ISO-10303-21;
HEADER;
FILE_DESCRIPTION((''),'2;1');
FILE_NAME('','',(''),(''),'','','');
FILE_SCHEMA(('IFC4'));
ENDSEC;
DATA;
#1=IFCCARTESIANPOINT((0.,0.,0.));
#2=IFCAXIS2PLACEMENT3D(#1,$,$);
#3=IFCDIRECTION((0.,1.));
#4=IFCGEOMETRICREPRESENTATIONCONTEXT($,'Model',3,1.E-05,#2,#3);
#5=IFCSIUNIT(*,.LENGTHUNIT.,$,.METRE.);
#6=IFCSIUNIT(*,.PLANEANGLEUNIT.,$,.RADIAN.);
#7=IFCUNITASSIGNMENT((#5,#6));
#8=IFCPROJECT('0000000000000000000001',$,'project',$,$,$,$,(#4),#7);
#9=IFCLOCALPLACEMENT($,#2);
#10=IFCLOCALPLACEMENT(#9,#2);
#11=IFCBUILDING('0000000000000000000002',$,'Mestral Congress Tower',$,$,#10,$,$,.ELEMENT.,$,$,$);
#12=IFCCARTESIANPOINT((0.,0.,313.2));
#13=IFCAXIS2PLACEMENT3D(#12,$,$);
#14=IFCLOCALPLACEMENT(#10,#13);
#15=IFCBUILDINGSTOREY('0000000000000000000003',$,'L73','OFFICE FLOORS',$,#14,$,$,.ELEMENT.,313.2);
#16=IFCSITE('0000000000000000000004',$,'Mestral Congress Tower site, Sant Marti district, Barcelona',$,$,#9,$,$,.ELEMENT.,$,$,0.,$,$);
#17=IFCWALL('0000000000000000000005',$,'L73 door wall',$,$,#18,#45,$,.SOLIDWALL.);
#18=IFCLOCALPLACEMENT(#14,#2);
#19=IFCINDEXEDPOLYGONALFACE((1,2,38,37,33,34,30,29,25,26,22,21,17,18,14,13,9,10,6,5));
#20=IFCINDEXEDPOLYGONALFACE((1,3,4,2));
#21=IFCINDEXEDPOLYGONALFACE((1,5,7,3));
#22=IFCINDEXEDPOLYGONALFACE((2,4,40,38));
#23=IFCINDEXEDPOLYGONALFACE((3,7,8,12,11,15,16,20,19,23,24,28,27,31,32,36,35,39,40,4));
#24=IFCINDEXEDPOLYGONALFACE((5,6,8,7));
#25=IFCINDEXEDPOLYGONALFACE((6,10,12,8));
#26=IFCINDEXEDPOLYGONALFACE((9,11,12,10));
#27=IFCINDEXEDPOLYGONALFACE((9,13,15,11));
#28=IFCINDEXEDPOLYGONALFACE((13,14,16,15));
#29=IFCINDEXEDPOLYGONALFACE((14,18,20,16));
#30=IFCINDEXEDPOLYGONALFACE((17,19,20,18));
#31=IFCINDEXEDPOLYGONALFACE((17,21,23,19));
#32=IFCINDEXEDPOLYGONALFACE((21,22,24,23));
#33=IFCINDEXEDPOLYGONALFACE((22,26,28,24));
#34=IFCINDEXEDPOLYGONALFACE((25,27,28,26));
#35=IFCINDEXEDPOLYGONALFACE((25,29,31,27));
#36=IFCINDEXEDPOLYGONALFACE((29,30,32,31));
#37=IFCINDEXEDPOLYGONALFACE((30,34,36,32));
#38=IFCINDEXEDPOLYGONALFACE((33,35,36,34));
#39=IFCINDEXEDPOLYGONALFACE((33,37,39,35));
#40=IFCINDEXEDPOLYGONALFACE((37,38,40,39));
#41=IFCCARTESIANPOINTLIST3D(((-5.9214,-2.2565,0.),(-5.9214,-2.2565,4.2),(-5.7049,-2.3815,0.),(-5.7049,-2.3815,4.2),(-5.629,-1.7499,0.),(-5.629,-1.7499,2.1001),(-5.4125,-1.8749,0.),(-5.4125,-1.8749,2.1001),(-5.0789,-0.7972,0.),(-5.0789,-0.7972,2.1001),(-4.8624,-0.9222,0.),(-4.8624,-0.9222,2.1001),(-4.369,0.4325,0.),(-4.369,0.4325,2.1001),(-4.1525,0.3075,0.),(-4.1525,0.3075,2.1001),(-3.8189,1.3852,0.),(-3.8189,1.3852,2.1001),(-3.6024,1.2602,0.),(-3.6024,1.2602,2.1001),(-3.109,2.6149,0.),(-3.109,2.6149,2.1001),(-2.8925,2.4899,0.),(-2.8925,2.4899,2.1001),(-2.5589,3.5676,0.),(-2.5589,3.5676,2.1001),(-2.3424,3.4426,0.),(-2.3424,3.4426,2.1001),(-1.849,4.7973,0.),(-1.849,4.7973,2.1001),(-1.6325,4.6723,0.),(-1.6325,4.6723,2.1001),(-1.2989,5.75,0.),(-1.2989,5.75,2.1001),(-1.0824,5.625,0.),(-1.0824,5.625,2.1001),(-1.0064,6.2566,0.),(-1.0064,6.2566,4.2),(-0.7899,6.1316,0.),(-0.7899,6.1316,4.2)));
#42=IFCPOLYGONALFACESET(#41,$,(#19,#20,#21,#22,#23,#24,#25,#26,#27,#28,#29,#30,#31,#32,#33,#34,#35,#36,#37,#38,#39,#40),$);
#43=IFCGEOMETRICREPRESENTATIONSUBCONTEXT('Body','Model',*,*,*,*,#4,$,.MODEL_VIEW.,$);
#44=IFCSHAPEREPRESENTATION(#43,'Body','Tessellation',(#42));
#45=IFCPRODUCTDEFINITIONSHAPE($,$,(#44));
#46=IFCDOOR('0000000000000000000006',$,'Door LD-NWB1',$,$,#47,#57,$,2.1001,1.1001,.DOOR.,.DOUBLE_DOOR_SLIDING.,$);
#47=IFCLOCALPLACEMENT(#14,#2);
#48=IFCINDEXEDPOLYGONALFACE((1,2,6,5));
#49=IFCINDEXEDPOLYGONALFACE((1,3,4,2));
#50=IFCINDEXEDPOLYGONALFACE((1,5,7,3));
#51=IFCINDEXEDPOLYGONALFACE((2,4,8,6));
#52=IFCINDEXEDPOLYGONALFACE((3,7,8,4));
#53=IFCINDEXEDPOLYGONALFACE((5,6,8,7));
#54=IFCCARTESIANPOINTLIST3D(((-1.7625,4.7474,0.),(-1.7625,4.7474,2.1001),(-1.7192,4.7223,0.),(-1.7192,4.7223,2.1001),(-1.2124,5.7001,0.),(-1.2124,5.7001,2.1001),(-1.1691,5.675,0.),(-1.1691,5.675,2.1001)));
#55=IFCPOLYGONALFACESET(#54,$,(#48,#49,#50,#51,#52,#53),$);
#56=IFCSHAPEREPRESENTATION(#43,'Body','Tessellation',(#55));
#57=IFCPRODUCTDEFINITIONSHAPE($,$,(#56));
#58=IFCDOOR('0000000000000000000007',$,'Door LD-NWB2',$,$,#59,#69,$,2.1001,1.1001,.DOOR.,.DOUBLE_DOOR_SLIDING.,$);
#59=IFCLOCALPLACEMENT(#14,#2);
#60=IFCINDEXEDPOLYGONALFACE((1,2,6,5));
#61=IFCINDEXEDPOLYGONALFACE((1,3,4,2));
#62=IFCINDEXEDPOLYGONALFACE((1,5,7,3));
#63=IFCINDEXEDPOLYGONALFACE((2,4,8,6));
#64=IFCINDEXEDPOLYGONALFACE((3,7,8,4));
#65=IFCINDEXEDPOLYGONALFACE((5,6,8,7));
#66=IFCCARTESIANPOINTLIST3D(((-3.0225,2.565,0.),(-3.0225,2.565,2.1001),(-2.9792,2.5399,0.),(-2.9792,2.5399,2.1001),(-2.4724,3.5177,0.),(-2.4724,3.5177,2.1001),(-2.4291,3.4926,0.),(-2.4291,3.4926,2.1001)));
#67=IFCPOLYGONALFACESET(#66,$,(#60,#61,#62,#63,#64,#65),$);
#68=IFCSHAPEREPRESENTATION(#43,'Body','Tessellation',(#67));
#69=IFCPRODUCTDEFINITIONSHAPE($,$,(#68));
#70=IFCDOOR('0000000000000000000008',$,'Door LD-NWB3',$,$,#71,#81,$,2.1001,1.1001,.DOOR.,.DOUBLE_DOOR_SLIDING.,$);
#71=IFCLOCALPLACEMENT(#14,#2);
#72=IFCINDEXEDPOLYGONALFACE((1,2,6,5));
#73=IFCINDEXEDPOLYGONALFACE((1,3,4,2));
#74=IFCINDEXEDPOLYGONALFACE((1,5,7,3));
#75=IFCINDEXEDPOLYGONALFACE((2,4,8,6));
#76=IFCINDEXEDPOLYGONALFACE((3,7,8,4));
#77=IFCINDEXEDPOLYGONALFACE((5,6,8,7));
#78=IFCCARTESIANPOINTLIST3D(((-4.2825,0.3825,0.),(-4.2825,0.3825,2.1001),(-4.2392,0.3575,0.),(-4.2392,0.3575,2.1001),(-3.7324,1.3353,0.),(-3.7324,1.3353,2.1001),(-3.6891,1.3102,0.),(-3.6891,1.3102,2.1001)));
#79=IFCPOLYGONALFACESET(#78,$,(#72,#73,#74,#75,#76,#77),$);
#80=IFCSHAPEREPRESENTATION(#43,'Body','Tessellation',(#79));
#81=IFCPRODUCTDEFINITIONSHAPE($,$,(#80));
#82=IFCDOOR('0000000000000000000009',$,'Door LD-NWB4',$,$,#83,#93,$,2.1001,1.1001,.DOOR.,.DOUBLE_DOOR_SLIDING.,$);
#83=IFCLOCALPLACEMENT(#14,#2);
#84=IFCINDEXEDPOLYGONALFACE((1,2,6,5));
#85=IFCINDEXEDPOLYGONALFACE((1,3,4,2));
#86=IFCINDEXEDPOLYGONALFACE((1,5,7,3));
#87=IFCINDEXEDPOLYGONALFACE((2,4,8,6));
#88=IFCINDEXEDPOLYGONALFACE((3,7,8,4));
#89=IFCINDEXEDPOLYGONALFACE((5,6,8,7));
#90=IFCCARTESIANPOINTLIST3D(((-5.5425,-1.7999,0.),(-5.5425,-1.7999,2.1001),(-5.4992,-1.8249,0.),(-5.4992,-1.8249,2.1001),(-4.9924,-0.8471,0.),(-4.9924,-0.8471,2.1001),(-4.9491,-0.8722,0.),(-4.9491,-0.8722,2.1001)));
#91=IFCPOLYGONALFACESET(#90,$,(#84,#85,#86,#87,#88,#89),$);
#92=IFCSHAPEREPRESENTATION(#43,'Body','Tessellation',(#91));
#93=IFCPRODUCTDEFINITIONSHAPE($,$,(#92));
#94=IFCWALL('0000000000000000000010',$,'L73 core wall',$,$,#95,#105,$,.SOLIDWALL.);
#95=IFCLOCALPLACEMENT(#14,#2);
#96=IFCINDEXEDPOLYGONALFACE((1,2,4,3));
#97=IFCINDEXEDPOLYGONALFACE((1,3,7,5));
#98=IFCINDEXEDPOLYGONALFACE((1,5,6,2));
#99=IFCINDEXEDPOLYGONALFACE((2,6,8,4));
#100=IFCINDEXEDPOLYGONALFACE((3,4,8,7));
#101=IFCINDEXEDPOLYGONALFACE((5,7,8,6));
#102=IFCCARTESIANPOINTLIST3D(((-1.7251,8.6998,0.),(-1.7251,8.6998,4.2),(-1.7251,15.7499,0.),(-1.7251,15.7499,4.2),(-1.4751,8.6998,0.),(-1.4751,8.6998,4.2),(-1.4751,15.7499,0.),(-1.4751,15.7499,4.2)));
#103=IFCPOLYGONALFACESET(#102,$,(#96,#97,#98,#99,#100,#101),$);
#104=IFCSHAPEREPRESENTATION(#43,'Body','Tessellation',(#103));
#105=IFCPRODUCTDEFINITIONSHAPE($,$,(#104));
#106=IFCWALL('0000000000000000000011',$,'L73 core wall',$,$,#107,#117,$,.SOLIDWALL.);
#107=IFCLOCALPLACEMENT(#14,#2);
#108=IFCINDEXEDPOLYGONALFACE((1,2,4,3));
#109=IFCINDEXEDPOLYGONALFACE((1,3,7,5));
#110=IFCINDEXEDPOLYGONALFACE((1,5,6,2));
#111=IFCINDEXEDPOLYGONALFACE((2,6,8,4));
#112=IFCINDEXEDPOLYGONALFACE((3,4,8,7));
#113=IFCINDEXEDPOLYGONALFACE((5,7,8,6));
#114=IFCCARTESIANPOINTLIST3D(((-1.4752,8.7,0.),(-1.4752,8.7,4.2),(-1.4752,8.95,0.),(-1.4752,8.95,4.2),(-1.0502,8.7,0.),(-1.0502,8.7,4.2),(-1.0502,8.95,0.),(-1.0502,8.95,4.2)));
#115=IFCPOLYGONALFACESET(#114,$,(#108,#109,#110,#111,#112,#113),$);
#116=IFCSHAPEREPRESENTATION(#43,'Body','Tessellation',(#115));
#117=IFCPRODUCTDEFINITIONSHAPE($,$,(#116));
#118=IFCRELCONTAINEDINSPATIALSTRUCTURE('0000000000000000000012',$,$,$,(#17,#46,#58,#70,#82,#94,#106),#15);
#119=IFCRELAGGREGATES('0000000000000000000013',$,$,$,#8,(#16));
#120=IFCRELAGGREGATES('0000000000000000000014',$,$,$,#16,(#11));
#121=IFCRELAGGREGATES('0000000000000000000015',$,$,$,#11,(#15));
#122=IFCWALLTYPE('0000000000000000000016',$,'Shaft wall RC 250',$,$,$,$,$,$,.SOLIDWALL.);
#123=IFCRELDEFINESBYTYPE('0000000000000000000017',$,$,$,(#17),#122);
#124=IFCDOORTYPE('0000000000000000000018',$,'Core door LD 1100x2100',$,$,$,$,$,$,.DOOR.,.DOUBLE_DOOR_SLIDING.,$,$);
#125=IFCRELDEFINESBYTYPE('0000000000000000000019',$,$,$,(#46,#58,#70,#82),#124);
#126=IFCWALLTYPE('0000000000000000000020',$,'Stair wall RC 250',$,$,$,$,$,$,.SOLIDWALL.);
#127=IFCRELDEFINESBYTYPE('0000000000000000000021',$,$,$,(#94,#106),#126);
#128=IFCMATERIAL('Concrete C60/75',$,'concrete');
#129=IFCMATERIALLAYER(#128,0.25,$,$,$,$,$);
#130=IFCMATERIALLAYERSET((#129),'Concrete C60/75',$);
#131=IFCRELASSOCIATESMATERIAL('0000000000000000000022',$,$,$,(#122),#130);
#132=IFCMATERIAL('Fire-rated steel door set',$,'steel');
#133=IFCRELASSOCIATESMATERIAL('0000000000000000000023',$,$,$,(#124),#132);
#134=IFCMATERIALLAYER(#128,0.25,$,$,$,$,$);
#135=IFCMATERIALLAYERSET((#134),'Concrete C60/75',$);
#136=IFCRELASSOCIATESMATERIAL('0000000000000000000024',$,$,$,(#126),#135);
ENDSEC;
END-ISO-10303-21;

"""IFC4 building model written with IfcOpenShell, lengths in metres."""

from ifc_helpers import new_model, si_unit, direction, frame, frame_2d, origin, place, context, subcontext, project, spatial, rectangle, extrude, material, layer, layer_set, type_object, element, fill, save


model = new_model("IFC4")

# Units and contexts
model_context = context("Model", 3, precision=1e-05, world=origin(), true_north=direction((0.0, 1.0)))
body_context = subcontext(model_context, "Body", "Model", "MODEL_VIEW")
ifc_project = project(units=[si_unit("LENGTHUNIT", "METRE"), si_unit("PLANEANGLEUNIT", "RADIAN")], contexts=[model_context])

# Site, building, storey
site_placement = place(None, origin())
site = spatial("IfcSite", under=ifc_project, at=site_placement, Name="Mestral Congress Tower site, Sant Marti district, Barcelona", CompositionType="ELEMENT", RefElevation=0.0)
building_placement = place(site_placement, origin())
building = spatial("IfcBuilding", under=site, at=building_placement, Name="Mestral Congress Tower", CompositionType="ELEMENT")
storey_placement = place(building_placement, frame((0.0, 0.0, 313.2)))
storey = spatial("IfcBuildingStorey", under=building, at=storey_placement, Name="L73", Description="OFFICE FLOORS", CompositionType="ELEMENT", Elevation=313.2)

# Shared definitions
ifc_material_1 = material(Name="Concrete C60/75", Category="concrete")

# Shared definitions
ifc_material_2 = material(Name="Fire-rated steel door set", Category="steel")

# Shared definitions
ifc_layer_1 = layer(ifc_material_1, 0.25)
ifc_layer_set_1 = layer_set([ifc_layer_1], Name="Concrete C60/75")
wall_type_1 = type_object("IfcWallType", Name="Shaft wall RC 250", PredefinedType="SOLIDWALL", material=ifc_layer_set_1)

# Wall, openings, doors
wall_1_placement = place(storey_placement, frame((-0.8982, 6.1941, 0.0), z_axis=(0.0, 0.0, 1.0), x_axis=(-0.499996, -0.866028, 0.0)))
wall_1 = element("IfcWall", 1, at=wall_1_placement, inside=storey, type_object=wall_type_1, Name="L73 door wall", PredefinedType="SOLIDWALL", context=body_context, shape_type="SweptSolid", body=[
    extrude(rectangle(XDim=9.8301, YDim=0.25, at=frame_2d((4.915, 0.0))), origin(), (0.0, 0.0, 1.0), 4.2),
])
opening_1_placement = place(wall_1_placement, frame((0.585, 0.0, 0.0)))
opening_1 = element("IfcOpeningElement", 2, at=opening_1_placement, cuts=wall_1, PredefinedType="OPENING", context=body_context, shape_type="SweptSolid", body=[
    extrude(rectangle(XDim=1.1001, YDim=2.1001, at=frame_2d((0.55, 1.05))), frame((0.0, 0.135, 0.0), z_axis=(0.0, -1.0, 0.0), x_axis=(1.0, 0.0, 0.0)), (0.0, 0.0, 1.0), 0.27),
])
opening_2_placement = place(wall_1_placement, frame((3.105, 0.0, 0.0)))
opening_2 = element("IfcOpeningElement", 3, at=opening_2_placement, cuts=wall_1, PredefinedType="OPENING", context=body_context, shape_type="SweptSolid", body=[
    extrude(rectangle(XDim=1.1001, YDim=2.1001, at=frame_2d((0.55, 1.05))), frame((0.0, 0.135, 0.0), z_axis=(0.0, -1.0, 0.0), x_axis=(1.0, 0.0, 0.0)), (0.0, 0.0, 1.0), 0.27),
])
opening_3_placement = place(wall_1_placement, frame((5.625, 0.0, 0.0)))
opening_3 = element("IfcOpeningElement", 4, at=opening_3_placement, cuts=wall_1, PredefinedType="OPENING", context=body_context, shape_type="SweptSolid", body=[
    extrude(rectangle(XDim=1.1001, YDim=2.1001, at=frame_2d((0.55, 1.05))), frame((0.0, 0.135, 0.0), z_axis=(0.0, -1.0, 0.0), x_axis=(1.0, 0.0, 0.0)), (0.0, 0.0, 1.0), 0.27),
])
opening_4_placement = place(wall_1_placement, frame((8.145, 0.0, 0.0)))
opening_4 = element("IfcOpeningElement", 5, at=opening_4_placement, cuts=wall_1, PredefinedType="OPENING", context=body_context, shape_type="SweptSolid", body=[
    extrude(rectangle(XDim=1.1001, YDim=2.1001, at=frame_2d((0.55, 1.05))), frame((0.0, 0.135, 0.0), z_axis=(0.0, -1.0, 0.0), x_axis=(1.0, 0.0, 0.0)), (0.0, 0.0, 1.0), 0.27),
])
door_type_1 = type_object("IfcDoorType", Name="Core door LD 1100x2100", OperationType="DOUBLE_DOOR_SLIDING", PredefinedType="DOOR", material=ifc_material_2)
door_1_placement = place(opening_1_placement, origin())
door_1 = element("IfcDoor", 6, at=door_1_placement, inside=storey, type_object=door_type_1, Name="Door LD-NWB1", OperationType="DOUBLE_DOOR_SLIDING", OverallHeight=2.1001, OverallWidth=1.1001, PredefinedType="DOOR", context=body_context, shape_type="SweptSolid", body=[
    extrude(rectangle(XDim=1.1001, YDim=2.1001, at=frame_2d((0.55, 1.05))), frame((0.0, 0.0249, 0.0), z_axis=(0.0, -1.0, 0.0), x_axis=(1.0, 0.0, 0.0)), (0.0, 0.0, 1.0), 0.05),
])
fill(opening_1, door_1)
door_2_placement = place(opening_2_placement, origin())
door_2 = element("IfcDoor", 7, at=door_2_placement, inside=storey, type_object=door_type_1, Name="Door LD-NWB2", OperationType="DOUBLE_DOOR_SLIDING", OverallHeight=2.1001, OverallWidth=1.1001, PredefinedType="DOOR", context=body_context, shape_type="SweptSolid", body=[
    extrude(rectangle(XDim=1.1001, YDim=2.1001, at=frame_2d((0.55, 1.05))), frame((0.0, 0.0249, 0.0), z_axis=(0.0, -1.0, 0.0), x_axis=(1.0, 0.0, 0.0)), (0.0, 0.0, 1.0), 0.05),
])
fill(opening_2, door_2)
door_3_placement = place(opening_3_placement, origin())
door_3 = element("IfcDoor", 8, at=door_3_placement, inside=storey, type_object=door_type_1, Name="Door LD-NWB3", OperationType="DOUBLE_DOOR_SLIDING", OverallHeight=2.1001, OverallWidth=1.1001, PredefinedType="DOOR", context=body_context, shape_type="SweptSolid", body=[
    extrude(rectangle(XDim=1.1001, YDim=2.1001, at=frame_2d((0.55, 1.05))), frame((0.0, 0.0249, 0.0), z_axis=(0.0, -1.0, 0.0), x_axis=(1.0, 0.0, 0.0)), (0.0, 0.0, 1.0), 0.05),
])
fill(opening_3, door_3)
door_4_placement = place(opening_4_placement, origin())
door_4 = element("IfcDoor", 9, at=door_4_placement, inside=storey, type_object=door_type_1, Name="Door LD-NWB4", OperationType="DOUBLE_DOOR_SLIDING", OverallHeight=2.1001, OverallWidth=1.1001, PredefinedType="DOOR", context=body_context, shape_type="SweptSolid", body=[
    extrude(rectangle(XDim=1.1001, YDim=2.1001, at=frame_2d((0.55, 1.05))), frame((0.0, 0.0249, 0.0), z_axis=(0.0, -1.0, 0.0), x_axis=(1.0, 0.0, 0.0)), (0.0, 0.0, 1.0), 0.05),
])
fill(opening_4, door_4)

# Walls
ifc_layer_2 = layer(ifc_material_1, 0.25)
ifc_layer_set_2 = layer_set([ifc_layer_2], Name="Concrete C60/75")
wall_type_2 = type_object("IfcWallType", Name="Stair wall RC 250", PredefinedType="SOLIDWALL", material=ifc_layer_set_2)
wall_2_placement = place(storey_placement, frame((-1.6001, 8.7, 0.0), z_axis=(0.0, 0.0, 1.0), x_axis=(0.0, 1.0, 0.0)))
element("IfcWall", 10, at=wall_2_placement, inside=storey, type_object=wall_type_2, Name="L73 core wall", PredefinedType="SOLIDWALL", context=body_context, shape_type="SweptSolid", body=[
    extrude(rectangle(XDim=7.05, YDim=0.25, at=frame_2d((3.5249, 0.0))), origin(), (0.0, 0.0, 1.0), 4.2),
])
wall_3_placement = place(storey_placement, frame((-1.4751, 8.825, 0.0), z_axis=(0.0, 0.0, 1.0), x_axis=(1.0, 0.0, 0.0)))
element("IfcWall", 11, at=wall_3_placement, inside=storey, type_object=wall_type_2, Name="L73 core wall", PredefinedType="SOLIDWALL", context=body_context, shape_type="SweptSolid", body=[
    extrude(rectangle(XDim=0.425, YDim=0.25, at=frame_2d((0.2124, 0.0))), origin(), (0.0, 0.0, 1.0), 4.2),
])

save(model, "model.ifc")
